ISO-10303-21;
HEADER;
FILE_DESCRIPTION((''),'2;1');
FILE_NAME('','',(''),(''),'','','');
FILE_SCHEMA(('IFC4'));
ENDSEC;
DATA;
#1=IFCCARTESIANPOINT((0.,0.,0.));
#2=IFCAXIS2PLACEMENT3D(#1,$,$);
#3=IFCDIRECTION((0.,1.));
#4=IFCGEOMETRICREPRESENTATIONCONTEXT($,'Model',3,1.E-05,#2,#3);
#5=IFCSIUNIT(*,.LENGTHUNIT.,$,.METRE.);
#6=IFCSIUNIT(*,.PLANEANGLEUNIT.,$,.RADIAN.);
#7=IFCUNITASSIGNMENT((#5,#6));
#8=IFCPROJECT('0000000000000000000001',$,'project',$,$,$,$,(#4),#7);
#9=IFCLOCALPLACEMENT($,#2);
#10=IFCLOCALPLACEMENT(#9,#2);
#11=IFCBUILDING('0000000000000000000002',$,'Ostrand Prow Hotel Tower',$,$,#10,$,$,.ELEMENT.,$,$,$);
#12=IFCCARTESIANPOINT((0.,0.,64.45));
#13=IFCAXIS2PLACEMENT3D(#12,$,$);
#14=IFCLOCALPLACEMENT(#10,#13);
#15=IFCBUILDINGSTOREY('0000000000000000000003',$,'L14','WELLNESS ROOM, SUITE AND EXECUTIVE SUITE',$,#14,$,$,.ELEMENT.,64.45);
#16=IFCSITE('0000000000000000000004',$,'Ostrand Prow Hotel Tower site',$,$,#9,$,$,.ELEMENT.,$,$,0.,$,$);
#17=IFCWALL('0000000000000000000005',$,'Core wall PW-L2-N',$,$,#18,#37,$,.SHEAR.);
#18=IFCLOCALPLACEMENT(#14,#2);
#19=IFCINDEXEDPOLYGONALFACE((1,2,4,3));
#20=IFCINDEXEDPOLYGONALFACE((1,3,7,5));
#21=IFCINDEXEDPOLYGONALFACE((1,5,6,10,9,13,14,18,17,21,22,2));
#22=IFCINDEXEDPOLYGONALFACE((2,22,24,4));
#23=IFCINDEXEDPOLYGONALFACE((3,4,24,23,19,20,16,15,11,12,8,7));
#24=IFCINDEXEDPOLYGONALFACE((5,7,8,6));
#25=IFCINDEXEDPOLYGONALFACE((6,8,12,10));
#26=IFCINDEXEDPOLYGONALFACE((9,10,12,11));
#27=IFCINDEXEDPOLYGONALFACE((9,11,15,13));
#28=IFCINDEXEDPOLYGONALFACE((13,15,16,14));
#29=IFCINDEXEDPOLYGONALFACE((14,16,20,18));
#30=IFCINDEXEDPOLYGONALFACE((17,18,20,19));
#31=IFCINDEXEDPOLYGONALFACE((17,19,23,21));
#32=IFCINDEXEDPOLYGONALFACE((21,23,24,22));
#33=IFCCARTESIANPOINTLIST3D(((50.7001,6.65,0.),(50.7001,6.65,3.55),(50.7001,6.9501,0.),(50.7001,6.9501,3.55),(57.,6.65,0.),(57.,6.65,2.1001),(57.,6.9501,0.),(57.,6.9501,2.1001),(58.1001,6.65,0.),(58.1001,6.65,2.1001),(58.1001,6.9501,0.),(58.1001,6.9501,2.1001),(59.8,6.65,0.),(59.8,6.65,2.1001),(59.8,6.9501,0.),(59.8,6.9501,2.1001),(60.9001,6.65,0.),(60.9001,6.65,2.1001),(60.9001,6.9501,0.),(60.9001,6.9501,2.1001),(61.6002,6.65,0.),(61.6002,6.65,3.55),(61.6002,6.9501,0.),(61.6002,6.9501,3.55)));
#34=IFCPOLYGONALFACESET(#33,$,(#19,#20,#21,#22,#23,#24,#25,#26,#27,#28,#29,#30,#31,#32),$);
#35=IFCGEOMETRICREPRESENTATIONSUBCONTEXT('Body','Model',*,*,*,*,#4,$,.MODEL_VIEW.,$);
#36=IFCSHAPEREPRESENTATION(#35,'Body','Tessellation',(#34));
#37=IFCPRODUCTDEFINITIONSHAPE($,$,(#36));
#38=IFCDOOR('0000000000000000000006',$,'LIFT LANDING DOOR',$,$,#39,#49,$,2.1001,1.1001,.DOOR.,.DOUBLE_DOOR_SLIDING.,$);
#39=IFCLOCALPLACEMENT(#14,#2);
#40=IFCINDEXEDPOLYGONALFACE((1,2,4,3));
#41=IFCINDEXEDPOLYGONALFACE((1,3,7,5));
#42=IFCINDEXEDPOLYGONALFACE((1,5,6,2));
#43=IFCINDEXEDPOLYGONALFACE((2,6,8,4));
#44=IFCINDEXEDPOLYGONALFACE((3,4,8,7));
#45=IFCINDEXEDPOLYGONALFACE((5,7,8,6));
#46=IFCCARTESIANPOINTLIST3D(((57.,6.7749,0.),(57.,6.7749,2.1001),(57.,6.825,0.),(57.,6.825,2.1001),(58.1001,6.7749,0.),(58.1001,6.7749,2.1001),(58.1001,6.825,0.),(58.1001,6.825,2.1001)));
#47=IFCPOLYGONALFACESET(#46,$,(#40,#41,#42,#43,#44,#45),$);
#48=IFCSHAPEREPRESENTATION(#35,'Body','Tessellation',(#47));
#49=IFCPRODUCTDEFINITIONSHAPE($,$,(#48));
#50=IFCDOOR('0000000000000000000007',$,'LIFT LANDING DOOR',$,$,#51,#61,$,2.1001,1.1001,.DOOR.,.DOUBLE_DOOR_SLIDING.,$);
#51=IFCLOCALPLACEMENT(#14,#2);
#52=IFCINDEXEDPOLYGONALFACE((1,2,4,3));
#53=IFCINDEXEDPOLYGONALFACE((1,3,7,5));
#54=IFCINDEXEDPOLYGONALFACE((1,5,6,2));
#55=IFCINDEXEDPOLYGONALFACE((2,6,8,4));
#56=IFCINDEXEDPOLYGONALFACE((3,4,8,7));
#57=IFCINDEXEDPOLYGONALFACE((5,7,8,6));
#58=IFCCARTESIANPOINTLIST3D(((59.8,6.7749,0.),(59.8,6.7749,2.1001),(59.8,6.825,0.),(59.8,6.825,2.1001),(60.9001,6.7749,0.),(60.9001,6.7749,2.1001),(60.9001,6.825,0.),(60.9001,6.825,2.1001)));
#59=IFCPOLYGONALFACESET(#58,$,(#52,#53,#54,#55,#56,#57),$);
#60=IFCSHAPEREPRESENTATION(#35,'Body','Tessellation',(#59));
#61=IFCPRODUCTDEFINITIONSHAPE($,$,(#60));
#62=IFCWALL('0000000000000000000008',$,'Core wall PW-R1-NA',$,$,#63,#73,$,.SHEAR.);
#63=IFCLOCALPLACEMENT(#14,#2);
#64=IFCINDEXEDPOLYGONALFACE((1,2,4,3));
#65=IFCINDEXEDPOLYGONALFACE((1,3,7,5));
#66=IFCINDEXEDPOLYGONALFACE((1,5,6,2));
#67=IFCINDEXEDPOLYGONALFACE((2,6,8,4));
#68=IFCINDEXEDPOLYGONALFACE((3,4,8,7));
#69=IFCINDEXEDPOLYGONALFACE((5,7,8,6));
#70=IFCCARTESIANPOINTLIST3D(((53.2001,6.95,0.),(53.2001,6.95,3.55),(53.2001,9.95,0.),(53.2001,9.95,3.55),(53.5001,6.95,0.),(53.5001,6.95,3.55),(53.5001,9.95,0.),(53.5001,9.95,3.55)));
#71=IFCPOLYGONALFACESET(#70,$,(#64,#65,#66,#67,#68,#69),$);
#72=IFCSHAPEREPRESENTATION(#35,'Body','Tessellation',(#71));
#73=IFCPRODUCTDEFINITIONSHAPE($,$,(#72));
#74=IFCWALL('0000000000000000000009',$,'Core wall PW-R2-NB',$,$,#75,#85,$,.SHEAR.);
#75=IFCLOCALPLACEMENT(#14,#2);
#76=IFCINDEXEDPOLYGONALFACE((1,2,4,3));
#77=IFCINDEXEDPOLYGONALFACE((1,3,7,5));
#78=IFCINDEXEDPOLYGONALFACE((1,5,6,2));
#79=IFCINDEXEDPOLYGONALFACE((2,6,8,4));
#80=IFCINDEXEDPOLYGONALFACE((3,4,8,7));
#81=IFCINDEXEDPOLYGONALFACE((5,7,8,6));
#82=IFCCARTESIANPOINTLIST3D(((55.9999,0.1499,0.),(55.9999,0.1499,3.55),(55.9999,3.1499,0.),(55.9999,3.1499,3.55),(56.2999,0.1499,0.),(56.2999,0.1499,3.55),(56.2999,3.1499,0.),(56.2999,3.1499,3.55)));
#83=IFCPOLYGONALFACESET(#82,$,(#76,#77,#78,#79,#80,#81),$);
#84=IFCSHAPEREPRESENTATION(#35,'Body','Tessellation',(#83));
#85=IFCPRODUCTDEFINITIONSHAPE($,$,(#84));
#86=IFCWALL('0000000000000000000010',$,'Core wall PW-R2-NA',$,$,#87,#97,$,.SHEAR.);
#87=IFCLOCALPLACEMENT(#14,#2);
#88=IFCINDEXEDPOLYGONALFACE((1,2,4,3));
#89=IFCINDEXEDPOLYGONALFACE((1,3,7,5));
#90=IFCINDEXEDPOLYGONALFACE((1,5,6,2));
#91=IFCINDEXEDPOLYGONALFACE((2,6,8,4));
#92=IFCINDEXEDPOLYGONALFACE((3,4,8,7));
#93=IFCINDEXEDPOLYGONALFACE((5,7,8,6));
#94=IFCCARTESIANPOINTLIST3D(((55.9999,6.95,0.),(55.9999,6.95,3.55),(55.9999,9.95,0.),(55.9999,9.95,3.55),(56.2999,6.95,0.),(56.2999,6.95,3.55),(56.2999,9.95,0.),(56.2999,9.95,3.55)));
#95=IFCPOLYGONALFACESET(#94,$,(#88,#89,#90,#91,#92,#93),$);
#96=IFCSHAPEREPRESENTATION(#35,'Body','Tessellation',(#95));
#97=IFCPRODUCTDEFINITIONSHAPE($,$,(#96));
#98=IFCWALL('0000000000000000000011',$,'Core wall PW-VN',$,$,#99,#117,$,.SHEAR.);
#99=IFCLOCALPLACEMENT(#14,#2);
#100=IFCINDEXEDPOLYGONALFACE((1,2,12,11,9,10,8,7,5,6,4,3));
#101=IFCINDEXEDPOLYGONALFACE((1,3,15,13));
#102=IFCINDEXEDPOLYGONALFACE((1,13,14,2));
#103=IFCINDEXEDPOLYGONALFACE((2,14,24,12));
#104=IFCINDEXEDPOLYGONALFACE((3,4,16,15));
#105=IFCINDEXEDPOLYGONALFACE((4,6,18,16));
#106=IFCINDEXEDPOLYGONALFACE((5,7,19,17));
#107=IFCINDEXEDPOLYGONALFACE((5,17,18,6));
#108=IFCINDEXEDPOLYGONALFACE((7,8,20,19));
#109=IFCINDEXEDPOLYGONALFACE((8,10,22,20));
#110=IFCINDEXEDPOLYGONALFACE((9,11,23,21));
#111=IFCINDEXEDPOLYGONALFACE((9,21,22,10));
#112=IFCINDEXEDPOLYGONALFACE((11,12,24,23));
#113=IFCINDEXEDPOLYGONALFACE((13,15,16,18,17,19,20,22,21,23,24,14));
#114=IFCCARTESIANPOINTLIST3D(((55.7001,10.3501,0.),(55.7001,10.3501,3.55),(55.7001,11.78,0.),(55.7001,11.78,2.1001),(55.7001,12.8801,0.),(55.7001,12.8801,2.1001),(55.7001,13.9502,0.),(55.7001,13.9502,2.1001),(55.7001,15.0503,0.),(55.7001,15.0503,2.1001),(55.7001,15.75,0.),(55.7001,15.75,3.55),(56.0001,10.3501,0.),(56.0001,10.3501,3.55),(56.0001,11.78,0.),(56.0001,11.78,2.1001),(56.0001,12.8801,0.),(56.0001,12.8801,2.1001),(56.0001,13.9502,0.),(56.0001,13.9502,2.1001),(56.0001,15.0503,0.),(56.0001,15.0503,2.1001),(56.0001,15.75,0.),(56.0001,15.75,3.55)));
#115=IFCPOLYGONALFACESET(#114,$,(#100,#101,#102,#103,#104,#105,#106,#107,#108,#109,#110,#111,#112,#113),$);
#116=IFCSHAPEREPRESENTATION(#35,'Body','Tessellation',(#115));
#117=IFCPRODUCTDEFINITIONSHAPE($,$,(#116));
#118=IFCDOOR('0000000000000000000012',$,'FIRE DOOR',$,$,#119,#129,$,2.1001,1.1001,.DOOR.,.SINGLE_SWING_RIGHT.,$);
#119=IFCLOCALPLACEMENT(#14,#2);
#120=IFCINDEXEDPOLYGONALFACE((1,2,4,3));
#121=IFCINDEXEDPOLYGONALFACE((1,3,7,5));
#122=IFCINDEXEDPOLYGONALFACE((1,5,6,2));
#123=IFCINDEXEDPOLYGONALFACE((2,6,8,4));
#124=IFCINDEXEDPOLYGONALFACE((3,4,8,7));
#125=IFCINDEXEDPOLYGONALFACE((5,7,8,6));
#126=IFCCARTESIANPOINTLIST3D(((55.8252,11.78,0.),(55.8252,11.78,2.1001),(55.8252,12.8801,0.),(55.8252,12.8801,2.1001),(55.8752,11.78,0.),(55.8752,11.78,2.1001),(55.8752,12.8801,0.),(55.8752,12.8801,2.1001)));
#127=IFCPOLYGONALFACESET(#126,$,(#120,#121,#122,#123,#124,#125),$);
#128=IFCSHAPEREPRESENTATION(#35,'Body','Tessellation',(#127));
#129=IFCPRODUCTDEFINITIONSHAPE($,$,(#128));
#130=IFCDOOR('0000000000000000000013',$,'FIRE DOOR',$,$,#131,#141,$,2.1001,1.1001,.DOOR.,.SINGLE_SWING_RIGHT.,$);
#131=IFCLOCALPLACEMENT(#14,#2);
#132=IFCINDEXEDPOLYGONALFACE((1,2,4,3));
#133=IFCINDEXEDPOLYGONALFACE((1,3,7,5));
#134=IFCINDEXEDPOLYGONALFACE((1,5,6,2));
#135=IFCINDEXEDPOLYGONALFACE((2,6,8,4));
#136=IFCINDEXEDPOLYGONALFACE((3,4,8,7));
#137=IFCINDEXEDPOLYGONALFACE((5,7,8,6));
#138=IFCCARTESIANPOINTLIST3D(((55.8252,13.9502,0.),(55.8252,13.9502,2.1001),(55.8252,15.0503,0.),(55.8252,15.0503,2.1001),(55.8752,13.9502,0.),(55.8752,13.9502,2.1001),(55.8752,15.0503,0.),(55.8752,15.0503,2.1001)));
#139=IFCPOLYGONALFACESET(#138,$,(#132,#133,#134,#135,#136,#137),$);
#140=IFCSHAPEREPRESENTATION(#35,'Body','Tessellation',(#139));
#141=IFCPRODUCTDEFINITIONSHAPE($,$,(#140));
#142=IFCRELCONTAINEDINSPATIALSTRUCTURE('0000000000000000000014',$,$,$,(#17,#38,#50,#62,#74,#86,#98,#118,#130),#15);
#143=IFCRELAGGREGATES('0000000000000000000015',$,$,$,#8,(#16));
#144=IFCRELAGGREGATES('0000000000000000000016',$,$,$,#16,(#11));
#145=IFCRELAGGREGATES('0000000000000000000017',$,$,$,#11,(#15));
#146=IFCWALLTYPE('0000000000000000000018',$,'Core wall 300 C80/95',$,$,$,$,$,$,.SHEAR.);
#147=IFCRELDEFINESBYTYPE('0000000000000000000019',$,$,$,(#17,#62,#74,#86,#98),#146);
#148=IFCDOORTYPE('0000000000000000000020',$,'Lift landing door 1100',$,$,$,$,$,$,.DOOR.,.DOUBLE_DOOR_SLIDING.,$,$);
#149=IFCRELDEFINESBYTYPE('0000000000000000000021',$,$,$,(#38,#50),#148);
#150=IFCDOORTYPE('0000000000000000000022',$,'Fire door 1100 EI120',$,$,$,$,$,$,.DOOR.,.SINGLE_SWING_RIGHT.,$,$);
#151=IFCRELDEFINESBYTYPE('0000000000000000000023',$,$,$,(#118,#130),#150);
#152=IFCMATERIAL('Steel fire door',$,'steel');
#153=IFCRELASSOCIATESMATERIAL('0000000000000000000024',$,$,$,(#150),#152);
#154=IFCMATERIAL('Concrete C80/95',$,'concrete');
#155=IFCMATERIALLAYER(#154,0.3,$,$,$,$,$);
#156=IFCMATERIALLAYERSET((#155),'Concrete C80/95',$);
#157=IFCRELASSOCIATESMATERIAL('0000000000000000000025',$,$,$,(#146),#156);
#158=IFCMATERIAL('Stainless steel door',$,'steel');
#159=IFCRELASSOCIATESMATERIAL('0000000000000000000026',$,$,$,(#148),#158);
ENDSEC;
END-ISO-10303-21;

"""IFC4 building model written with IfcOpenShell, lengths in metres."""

from ifc_helpers import new_model, si_unit, direction, frame, frame_2d, origin, place, context, subcontext, project, spatial, rectangle, extrude, material, layer, layer_set, type_object, element, fill, save


model = new_model("IFC4")

# Units and contexts
model_context = context("Model", 3, precision=1e-05, world=origin(), true_north=direction((0.0, 1.0)))
body_context = subcontext(model_context, "Body", "Model", "MODEL_VIEW")
ifc_project = project(units=[si_unit("LENGTHUNIT", "METRE"), si_unit("PLANEANGLEUNIT", "RADIAN")], contexts=[model_context])

# Site, building, storey
site_placement = place(None, origin())
site = spatial("IfcSite", under=ifc_project, at=site_placement, Name="Ostrand Prow Hotel Tower site", CompositionType="ELEMENT", RefElevation=0.0)
building_placement = place(site_placement, origin())
building = spatial("IfcBuilding", under=site, at=building_placement, Name="Ostrand Prow Hotel Tower", CompositionType="ELEMENT")
storey_placement = place(building_placement, frame((0.0, 0.0, 64.45)))
storey = spatial("IfcBuildingStorey", under=building, at=storey_placement, Name="L14", Description="WELLNESS ROOM, SUITE AND EXECUTIVE SUITE", CompositionType="ELEMENT", Elevation=64.45)

# Shared definitions
ifc_material_1 = material(Name="Steel fire door", Category="steel")
door_type_1 = type_object("IfcDoorType", Name="Fire door 1100 EI120", OperationType="SINGLE_SWING_RIGHT", PredefinedType="DOOR", material=ifc_material_1)

# Wall, openings, doors
ifc_material_2 = material(Name="Concrete C80/95", Category="concrete")
ifc_layer_1 = layer(ifc_material_2, 0.3)
ifc_layer_set_1 = layer_set([ifc_layer_1], Name="Concrete C80/95")
wall_type_1 = type_object("IfcWallType", Name="Core wall 300 C80/95", PredefinedType="SHEAR", material=ifc_layer_set_1)
wall_1_placement = place(storey_placement, frame((50.7, 6.8, 0.0), z_axis=(0.0, 0.0, 1.0), x_axis=(1.0, 0.0, 0.0)))
wall_1 = element("IfcWall", 1, at=wall_1_placement, inside=storey, type_object=wall_type_1, Name="Core wall PW-L2-N", PredefinedType="SHEAR", context=body_context, shape_type="SweptSolid", body=[
    extrude(rectangle(XDim=10.9001, YDim=0.3, at=frame_2d((5.4502, 0.0))), origin(), (0.0, 0.0, 1.0), 3.55),
])
opening_1_placement = place(wall_1_placement, frame((6.3, 0.0, 0.0)))
opening_1 = element("IfcOpeningElement", 2, at=opening_1_placement, cuts=wall_1, PredefinedType="OPENING", context=body_context, shape_type="SweptSolid", body=[
    extrude(rectangle(XDim=1.1001, YDim=2.1001, at=frame_2d((0.55, 1.05))), frame((0.0, 0.1599, 0.0), z_axis=(0.0, -1.0, 0.0), x_axis=(1.0, 0.0, 0.0)), (0.0, 0.0, 1.0), 0.3201),
])
opening_2_placement = place(wall_1_placement, frame((9.1001, 0.0, 0.0)))
opening_2 = element("IfcOpeningElement", 3, at=opening_2_placement, cuts=wall_1, PredefinedType="OPENING", context=body_context, shape_type="SweptSolid", body=[
    extrude(rectangle(XDim=1.1001, YDim=2.1001, at=frame_2d((0.55, 1.05))), frame((0.0, 0.1599, 0.0), z_axis=(0.0, -1.0, 0.0), x_axis=(1.0, 0.0, 0.0)), (0.0, 0.0, 1.0), 0.3201),
])
ifc_material_3 = material(Name="Stainless steel door", Category="steel")
door_type_2 = type_object("IfcDoorType", Name="Lift landing door 1100", OperationType="DOUBLE_DOOR_SLIDING", PredefinedType="DOOR", material=ifc_material_3)
door_1_placement = place(opening_1_placement, origin())
door_1 = element("IfcDoor", 4, at=door_1_placement, inside=storey, type_object=door_type_2, Name="LIFT LANDING DOOR", OperationType="DOUBLE_DOOR_SLIDING", OverallHeight=2.1001, OverallWidth=1.1001, PredefinedType="DOOR", context=body_context, shape_type="SweptSolid", body=[
    extrude(rectangle(XDim=1.1001, YDim=2.1001, at=frame_2d((0.55, 1.05))), frame((0.0, 0.0249, 0.0), z_axis=(0.0, -1.0, 0.0), x_axis=(1.0, 0.0, 0.0)), (0.0, 0.0, 1.0), 0.05),
])
fill(opening_1, door_1)
door_2_placement = place(opening_2_placement, origin())
door_2 = element("IfcDoor", 5, at=door_2_placement, inside=storey, type_object=door_type_2, Name="LIFT LANDING DOOR", OperationType="DOUBLE_DOOR_SLIDING", OverallHeight=2.1001, OverallWidth=1.1001, PredefinedType="DOOR", context=body_context, shape_type="SweptSolid", body=[
    extrude(rectangle(XDim=1.1001, YDim=2.1001, at=frame_2d((0.55, 1.05))), frame((0.0, 0.0249, 0.0), z_axis=(0.0, -1.0, 0.0), x_axis=(1.0, 0.0, 0.0)), (0.0, 0.0, 1.0), 0.05),
])
fill(opening_2, door_2)

# Walls
for number, where, z_axis, x_axis, name in (
    (6, (53.3501, 6.95, 0.0), (0.0, 0.0, 1.0), (0.0, 1.0, 0.0), "Core wall PW-R1-NA"),
    (7, (56.1499, 0.1499, 0.0), (0.0, 0.0, 1.0), (0.0, 1.0, 0.0), "Core wall PW-R2-NB"),
    (8, (56.1499, 6.95, 0.0), (0.0, 0.0, 1.0), (0.0, 1.0, 0.0), "Core wall PW-R2-NA"),
):
    element("IfcWall", number, at=place(storey_placement, frame(where, z_axis=z_axis, x_axis=x_axis)), inside=storey, type_object=wall_type_1, Name=name, PredefinedType="SHEAR", context=body_context, shape_type="SweptSolid", body=[
        extrude(rectangle(XDim=3.0, YDim=0.3, at=frame_2d((1.5, 0.0))), origin(), (0.0, 0.0, 1.0), 3.55),
    ])

# Wall, openings, doors
wall_2_placement = place(storey_placement, frame((55.8501, 10.3501, 0.0), z_axis=(0.0, 0.0, 1.0), x_axis=(0.0, 1.0, 0.0)))
wall_2 = element("IfcWall", 9, at=wall_2_placement, inside=storey, type_object=wall_type_1, Name="Core wall PW-VN", PredefinedType="SHEAR", context=body_context, shape_type="SweptSolid", body=[
    extrude(rectangle(XDim=5.3999, YDim=0.3, at=frame_2d((2.7, 0.0))), origin(), (0.0, 0.0, 1.0), 3.55),
])
opening_3_placement = place(wall_2_placement, frame((1.4299, 0.0, 0.0)))
opening_3 = element("IfcOpeningElement", 10, at=opening_3_placement, cuts=wall_2, PredefinedType="OPENING", context=body_context, shape_type="SweptSolid", body=[
    extrude(rectangle(XDim=1.1001, YDim=2.1001, at=frame_2d((0.55, 1.05))), frame((0.0, 0.1599, 0.0), z_axis=(0.0, -1.0, 0.0), x_axis=(1.0, 0.0, 0.0)), (0.0, 0.0, 1.0), 0.3201),
])
opening_4_placement = place(wall_2_placement, frame((3.6001, 0.0, 0.0)))
opening_4 = element("IfcOpeningElement", 11, at=opening_4_placement, cuts=wall_2, PredefinedType="OPENING", context=body_context, shape_type="SweptSolid", body=[
    extrude(rectangle(XDim=1.1001, YDim=2.1001, at=frame_2d((0.55, 1.05))), frame((0.0, 0.1599, 0.0), z_axis=(0.0, -1.0, 0.0), x_axis=(1.0, 0.0, 0.0)), (0.0, 0.0, 1.0), 0.3201),
])
door_3_placement = place(opening_3_placement, origin())
door_3 = element("IfcDoor", 12, at=door_3_placement, inside=storey, type_object=door_type_1, Name="FIRE DOOR", OperationType="SINGLE_SWING_RIGHT", OverallHeight=2.1001, OverallWidth=1.1001, PredefinedType="DOOR", context=body_context, shape_type="SweptSolid", body=[
    extrude(rectangle(XDim=1.1001, YDim=2.1001, at=frame_2d((0.55, 1.05))), frame((0.0, 0.0249, 0.0), z_axis=(0.0, -1.0, 0.0), x_axis=(1.0, 0.0, 0.0)), (0.0, 0.0, 1.0), 0.05),
])
fill(opening_3, door_3)
door_4_placement = place(opening_4_placement, origin())
door_4 = element("IfcDoor", 13, at=door_4_placement, inside=storey, type_object=door_type_1, Name="FIRE DOOR", OperationType="SINGLE_SWING_RIGHT", OverallHeight=2.1001, OverallWidth=1.1001, PredefinedType="DOOR", context=body_context, shape_type="SweptSolid", body=[
    extrude(rectangle(XDim=1.1001, YDim=2.1001, at=frame_2d((0.55, 1.05))), frame((0.0, 0.0249, 0.0), z_axis=(0.0, -1.0, 0.0), x_axis=(1.0, 0.0, 0.0)), (0.0, 0.0, 1.0), 0.05),
])
fill(opening_4, door_4)

save(model, "model.ifc")
